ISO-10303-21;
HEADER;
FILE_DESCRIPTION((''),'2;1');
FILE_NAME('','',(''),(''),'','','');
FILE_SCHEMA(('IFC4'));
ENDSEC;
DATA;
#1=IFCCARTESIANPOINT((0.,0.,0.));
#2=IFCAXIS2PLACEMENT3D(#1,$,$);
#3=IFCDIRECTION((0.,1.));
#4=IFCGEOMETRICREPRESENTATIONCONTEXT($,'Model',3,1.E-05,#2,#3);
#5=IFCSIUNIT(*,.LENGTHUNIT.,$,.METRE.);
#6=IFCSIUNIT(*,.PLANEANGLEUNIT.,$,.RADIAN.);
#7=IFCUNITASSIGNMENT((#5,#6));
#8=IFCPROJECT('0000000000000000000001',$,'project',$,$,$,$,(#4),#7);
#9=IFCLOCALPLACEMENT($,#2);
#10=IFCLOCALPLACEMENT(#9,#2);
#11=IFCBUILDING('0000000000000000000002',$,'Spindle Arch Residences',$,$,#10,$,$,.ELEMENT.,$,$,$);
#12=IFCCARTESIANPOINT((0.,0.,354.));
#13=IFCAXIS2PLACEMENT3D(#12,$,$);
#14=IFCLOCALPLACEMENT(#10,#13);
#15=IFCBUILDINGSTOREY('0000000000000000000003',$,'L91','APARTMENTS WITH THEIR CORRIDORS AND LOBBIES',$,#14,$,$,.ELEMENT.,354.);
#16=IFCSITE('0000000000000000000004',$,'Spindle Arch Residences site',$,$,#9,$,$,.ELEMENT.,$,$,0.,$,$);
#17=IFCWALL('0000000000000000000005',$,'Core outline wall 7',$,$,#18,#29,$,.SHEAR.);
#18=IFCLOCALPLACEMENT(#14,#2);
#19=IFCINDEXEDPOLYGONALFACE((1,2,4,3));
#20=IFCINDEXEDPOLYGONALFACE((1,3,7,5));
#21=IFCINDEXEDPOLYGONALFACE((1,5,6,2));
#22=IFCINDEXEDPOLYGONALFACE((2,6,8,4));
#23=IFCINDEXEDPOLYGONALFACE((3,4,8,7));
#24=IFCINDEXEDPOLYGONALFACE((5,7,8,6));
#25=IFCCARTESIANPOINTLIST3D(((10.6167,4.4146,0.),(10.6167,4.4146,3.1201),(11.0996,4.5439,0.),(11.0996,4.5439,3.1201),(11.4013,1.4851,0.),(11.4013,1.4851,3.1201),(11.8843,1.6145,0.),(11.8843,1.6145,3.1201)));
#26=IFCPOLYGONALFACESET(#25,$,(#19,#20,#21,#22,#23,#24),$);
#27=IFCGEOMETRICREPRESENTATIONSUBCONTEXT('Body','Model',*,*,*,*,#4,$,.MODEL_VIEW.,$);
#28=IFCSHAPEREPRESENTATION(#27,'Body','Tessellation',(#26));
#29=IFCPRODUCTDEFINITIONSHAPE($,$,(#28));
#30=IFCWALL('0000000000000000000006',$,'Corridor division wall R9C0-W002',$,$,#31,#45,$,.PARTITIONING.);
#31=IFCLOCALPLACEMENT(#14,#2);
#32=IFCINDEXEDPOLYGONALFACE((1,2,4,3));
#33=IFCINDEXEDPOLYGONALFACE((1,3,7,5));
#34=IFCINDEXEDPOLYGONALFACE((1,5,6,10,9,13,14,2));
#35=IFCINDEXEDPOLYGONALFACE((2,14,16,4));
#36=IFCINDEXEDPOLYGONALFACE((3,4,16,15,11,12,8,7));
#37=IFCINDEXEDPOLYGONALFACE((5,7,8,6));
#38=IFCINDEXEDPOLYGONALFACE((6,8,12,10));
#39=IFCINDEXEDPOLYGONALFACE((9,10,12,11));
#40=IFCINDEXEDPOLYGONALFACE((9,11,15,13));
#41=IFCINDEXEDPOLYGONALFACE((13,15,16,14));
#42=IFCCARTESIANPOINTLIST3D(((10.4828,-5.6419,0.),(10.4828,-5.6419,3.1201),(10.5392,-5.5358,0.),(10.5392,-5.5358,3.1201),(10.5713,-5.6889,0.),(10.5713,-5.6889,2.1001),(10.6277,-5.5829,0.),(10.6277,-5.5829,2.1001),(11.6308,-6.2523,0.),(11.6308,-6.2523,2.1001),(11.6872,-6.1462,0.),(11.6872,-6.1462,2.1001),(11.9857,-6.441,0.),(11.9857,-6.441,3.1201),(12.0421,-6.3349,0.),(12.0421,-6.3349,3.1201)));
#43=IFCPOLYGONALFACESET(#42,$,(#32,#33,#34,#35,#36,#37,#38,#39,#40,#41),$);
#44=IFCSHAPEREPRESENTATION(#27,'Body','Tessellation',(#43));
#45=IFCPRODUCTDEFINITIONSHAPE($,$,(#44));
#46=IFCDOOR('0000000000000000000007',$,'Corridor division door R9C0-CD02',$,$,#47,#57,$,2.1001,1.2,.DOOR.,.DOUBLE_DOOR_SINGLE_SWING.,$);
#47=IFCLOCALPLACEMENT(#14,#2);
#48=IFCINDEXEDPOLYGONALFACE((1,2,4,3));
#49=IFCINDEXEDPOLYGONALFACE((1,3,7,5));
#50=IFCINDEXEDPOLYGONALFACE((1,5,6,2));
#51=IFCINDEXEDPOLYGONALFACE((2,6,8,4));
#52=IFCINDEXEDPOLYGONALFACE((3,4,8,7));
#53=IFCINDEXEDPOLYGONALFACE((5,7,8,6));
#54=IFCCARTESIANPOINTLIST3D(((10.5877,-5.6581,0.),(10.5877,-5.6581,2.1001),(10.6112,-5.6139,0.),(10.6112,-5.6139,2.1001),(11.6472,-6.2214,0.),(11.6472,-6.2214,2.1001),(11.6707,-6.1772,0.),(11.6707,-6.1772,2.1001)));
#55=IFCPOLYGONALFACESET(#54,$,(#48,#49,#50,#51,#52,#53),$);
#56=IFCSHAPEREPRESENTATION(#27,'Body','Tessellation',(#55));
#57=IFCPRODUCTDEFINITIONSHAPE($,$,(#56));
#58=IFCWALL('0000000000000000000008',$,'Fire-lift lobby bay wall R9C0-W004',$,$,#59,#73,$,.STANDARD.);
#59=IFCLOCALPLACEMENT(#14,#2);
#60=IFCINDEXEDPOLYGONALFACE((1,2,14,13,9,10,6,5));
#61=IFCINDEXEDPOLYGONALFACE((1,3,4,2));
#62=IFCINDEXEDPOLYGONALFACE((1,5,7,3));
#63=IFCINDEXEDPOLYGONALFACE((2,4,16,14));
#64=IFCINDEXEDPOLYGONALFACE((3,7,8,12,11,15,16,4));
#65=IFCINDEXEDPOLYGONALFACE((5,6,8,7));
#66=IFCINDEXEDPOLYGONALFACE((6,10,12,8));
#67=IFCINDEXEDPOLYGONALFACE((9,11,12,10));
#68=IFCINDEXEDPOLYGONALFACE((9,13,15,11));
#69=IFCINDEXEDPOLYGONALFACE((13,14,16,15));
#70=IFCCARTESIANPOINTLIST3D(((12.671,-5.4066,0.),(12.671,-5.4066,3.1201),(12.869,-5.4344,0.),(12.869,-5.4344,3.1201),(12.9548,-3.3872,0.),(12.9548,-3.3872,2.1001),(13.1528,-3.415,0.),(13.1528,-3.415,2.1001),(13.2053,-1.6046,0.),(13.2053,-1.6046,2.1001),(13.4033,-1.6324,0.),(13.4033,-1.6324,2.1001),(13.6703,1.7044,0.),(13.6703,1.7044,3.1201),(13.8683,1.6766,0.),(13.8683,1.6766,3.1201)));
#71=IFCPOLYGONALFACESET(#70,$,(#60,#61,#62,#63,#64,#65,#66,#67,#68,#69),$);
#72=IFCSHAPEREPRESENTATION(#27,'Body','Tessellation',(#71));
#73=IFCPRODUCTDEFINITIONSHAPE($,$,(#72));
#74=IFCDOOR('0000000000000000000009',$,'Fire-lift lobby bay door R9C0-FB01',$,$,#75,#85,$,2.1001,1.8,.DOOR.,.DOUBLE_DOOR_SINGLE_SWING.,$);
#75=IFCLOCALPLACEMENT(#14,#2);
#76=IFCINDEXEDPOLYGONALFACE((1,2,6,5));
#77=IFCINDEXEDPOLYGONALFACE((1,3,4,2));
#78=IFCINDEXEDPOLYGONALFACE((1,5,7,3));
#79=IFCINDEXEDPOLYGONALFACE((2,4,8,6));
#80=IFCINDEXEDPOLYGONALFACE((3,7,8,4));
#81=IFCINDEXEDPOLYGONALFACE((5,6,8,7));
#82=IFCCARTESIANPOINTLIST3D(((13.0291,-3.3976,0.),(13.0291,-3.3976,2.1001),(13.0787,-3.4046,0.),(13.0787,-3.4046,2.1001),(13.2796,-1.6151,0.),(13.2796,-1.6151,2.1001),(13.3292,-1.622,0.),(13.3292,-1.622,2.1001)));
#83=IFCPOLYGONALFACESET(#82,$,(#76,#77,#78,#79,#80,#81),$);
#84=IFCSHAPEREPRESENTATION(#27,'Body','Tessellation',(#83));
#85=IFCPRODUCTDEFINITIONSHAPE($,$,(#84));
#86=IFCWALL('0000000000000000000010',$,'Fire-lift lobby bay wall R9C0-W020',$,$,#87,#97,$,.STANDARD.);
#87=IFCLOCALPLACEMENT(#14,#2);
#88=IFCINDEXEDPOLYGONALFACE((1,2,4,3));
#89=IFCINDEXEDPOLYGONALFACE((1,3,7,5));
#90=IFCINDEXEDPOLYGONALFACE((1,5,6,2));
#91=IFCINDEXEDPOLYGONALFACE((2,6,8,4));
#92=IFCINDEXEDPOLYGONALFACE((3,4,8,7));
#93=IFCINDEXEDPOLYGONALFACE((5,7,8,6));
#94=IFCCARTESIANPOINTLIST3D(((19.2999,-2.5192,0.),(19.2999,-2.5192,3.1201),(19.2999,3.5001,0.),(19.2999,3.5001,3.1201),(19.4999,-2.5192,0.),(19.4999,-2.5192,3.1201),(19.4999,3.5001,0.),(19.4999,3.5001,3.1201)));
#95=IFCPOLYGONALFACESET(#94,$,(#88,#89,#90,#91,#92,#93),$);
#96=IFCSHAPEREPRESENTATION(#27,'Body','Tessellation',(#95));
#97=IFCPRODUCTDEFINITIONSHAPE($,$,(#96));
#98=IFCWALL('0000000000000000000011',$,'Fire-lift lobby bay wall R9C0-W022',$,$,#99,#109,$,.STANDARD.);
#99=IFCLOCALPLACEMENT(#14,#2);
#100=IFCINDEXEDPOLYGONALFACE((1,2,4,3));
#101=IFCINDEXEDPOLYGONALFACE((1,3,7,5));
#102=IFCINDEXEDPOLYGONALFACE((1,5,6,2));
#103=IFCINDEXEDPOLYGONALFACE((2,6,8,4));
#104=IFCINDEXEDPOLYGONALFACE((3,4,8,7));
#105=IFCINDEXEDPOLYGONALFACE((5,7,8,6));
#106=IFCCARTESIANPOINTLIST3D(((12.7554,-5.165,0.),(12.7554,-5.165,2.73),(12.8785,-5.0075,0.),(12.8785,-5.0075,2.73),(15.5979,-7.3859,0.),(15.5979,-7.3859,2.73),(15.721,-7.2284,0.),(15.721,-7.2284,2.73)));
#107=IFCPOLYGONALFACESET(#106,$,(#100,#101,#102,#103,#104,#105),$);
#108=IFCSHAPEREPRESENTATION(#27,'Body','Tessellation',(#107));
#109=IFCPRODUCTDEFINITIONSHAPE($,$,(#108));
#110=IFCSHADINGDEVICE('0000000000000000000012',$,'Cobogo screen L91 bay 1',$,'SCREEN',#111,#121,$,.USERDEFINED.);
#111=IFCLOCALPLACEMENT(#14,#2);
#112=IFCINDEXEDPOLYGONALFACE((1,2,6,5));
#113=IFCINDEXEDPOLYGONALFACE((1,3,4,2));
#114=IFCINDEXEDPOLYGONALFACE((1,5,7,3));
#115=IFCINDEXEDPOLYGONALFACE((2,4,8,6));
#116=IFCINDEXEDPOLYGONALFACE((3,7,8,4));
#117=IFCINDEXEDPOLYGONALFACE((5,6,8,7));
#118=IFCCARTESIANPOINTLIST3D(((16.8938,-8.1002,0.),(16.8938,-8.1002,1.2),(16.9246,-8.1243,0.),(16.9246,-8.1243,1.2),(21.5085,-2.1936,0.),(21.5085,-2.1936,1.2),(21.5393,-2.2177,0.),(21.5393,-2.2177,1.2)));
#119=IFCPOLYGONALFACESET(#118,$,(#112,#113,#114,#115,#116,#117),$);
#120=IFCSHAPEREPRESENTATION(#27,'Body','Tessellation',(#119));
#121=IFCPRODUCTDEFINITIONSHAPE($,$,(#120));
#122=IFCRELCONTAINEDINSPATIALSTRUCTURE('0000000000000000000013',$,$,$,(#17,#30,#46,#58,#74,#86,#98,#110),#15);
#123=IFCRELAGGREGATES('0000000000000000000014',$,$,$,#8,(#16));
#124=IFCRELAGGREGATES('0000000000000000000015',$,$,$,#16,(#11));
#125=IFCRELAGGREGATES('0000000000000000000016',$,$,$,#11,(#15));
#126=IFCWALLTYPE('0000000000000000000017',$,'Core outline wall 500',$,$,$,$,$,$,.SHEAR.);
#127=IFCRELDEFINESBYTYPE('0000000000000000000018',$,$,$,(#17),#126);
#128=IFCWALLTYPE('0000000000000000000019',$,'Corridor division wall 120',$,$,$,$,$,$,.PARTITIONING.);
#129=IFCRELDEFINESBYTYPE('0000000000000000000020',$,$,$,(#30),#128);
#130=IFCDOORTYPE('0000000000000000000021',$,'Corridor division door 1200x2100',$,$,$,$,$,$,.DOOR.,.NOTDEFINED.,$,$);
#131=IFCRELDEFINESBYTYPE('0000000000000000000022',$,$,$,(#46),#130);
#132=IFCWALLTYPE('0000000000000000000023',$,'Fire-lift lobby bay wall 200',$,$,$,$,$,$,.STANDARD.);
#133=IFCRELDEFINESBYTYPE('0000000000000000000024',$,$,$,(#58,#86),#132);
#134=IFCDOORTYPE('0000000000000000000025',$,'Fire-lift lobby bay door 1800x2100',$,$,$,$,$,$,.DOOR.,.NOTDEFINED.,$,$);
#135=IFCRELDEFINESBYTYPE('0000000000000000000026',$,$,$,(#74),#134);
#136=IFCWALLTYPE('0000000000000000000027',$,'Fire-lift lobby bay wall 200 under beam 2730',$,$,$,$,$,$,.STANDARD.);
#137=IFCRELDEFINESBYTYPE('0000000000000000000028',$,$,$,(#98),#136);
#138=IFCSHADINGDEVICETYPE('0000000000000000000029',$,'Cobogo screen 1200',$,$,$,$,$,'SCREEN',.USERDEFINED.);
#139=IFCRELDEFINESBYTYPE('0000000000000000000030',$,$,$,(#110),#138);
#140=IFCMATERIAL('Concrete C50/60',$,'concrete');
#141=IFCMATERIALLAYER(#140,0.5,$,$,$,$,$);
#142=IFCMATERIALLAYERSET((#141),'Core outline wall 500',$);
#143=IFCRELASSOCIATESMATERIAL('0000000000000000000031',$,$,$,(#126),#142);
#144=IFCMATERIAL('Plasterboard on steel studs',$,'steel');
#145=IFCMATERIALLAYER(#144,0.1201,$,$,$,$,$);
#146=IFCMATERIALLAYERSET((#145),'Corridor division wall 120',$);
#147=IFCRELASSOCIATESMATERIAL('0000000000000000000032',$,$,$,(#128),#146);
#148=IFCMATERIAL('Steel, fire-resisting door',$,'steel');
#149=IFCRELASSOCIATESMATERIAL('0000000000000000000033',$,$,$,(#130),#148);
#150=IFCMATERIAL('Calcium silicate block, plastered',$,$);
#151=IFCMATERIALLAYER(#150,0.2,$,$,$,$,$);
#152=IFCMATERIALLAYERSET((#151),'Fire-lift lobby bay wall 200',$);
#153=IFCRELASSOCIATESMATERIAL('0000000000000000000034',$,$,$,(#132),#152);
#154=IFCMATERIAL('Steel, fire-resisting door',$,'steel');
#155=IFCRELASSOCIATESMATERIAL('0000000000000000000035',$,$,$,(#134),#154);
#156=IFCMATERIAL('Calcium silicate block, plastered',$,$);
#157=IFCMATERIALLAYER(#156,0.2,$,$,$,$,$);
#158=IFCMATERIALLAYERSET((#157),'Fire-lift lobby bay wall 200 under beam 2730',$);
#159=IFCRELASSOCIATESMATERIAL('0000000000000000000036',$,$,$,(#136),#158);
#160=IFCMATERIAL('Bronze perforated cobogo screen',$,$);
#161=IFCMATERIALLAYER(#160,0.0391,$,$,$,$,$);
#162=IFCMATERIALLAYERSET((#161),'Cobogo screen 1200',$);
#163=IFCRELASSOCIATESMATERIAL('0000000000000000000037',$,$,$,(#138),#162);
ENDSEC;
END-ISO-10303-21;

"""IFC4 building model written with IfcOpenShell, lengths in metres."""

from ifc_helpers import new_model, si_unit, direction, frame, frame_2d, origin, origin_2d, place, context, subcontext, project, spatial, rectangle, extrude, material, layer, layer_set, type_object, element, fill, save


model = new_model("IFC4")

# Units and contexts
model_context = context("Model", 3, precision=1e-05, world=origin(), true_north=direction((0.0, 1.0)))
body_context = subcontext(model_context, "Body", "Model", "MODEL_VIEW")
ifc_project = project(units=[si_unit("LENGTHUNIT", "METRE"), si_unit("PLANEANGLEUNIT", "RADIAN")], contexts=[model_context])

# Site, building, storey
site_placement = place(None, origin())
site = spatial("IfcSite", under=ifc_project, at=site_placement, Name="Spindle Arch Residences site", CompositionType="ELEMENT", RefElevation=0.0)
building_placement = place(site_placement, origin())
building = spatial("IfcBuilding", under=site, at=building_placement, Name="Spindle Arch Residences", CompositionType="ELEMENT")
storey_placement = place(building_placement, frame((0.0, 0.0, 354.0)))
storey = spatial("IfcBuildingStorey", under=building, at=storey_placement, Name="L91", Description="APARTMENTS WITH THEIR CORRIDORS AND LOBBIES", CompositionType="ELEMENT", Elevation=354.0)

# Shared definitions
ifc_material_1 = material(Name="Concrete C50/60", Category="concrete")
ifc_layer_1 = layer(ifc_material_1, 0.5)
ifc_layer_set_1 = layer_set([ifc_layer_1], Name="Core outline wall 500")
wall_type_1 = type_object("IfcWallType", Name="Core outline wall 500", PredefinedType="SHEAR", material=ifc_layer_set_1)

# Wall
wall_1_placement = place(storey_placement, frame((11.6428, 1.5498, 0.0), z_axis=(0.0, 0.0, 1.0), x_axis=(-0.258735, 0.965948, 0.0)))
element("IfcWall", 1, at=wall_1_placement, inside=storey, type_object=wall_type_1, Name="Core outline wall 7", PredefinedType="SHEAR", context=body_context, shape_type="SweptSolid", body=[
    extrude(rectangle(XDim=3.0327, YDim=0.5, at=frame_2d((1.5164, 0.0))), origin(), (0.0, 0.0, 1.0), 3.1201),
])

# Walls, openings, doors
ifc_material_2 = material(Name="Plasterboard on steel studs", Category="steel")
ifc_layer_2 = layer(ifc_material_2, 0.1201)
ifc_layer_set_2 = layer_set([ifc_layer_2], Name="Corridor division wall 120")
wall_type_2 = type_object("IfcWallType", Name="Corridor division wall 120", PredefinedType="PARTITIONING", material=ifc_layer_set_2)
wall_2_placement = place(storey_placement, frame((10.511, -5.5889, 0.0), z_axis=(0.0, 0.0, 1.0), x_axis=(0.88296, -0.469449, 0.0)))
wall_2 = element("IfcWall", 2, at=wall_2_placement, inside=storey, type_object=wall_type_2, Name="Corridor division wall R9C0-W002", PredefinedType="PARTITIONING", context=body_context, shape_type="SweptSolid", body=[
    extrude(rectangle(XDim=1.7021, YDim=0.1201, at=frame_2d((0.8511, 0.0))), origin(), (0.0, 0.0, 1.0), 3.1201),
])
opening_1_placement = place(wall_2_placement, frame((0.1001, 0.0, 0.0)))
opening_1 = element("IfcOpeningElement", 3, at=opening_1_placement, cuts=wall_2, PredefinedType="OPENING", context=body_context, shape_type="SweptSolid", body=[
    extrude(rectangle(XDim=1.2, YDim=2.1001, at=frame_2d((0.6001, 1.05))), frame((0.0, 0.0701, 0.0), z_axis=(0.0, -1.0, 0.0), x_axis=(1.0, 0.0, 0.0)), (0.0, 0.0, 1.0), 0.1401),
])
ifc_material_3 = material(Name="Steel, fire-resisting door", Category="steel")
door_type_1 = type_object("IfcDoorType", Name="Corridor division door 1200x2100", OperationType="NOTDEFINED", PredefinedType="DOOR", material=ifc_material_3)
door_1_placement = place(opening_1_placement, origin())
door_1 = element("IfcDoor", 4, at=door_1_placement, inside=storey, type_object=door_type_1, Name="Corridor division door R9C0-CD02", OperationType="DOUBLE_DOOR_SINGLE_SWING", OverallHeight=2.1001, OverallWidth=1.2, PredefinedType="DOOR", context=body_context, shape_type="SweptSolid", body=[
    extrude(rectangle(XDim=1.2, YDim=2.1001, at=frame_2d((0.6001, 1.05))), frame((0.0, 0.0249, 0.0), z_axis=(0.0, -1.0, 0.0), x_axis=(1.0, 0.0, 0.0)), (0.0, 0.0, 1.0), 0.05),
])
fill(opening_1, door_1)
ifc_material_4 = material(Name="Calcium silicate block, plastered")
ifc_layer_3 = layer(ifc_material_4, 0.2)
ifc_layer_set_3 = layer_set([ifc_layer_3], Name="Fire-lift lobby bay wall 200")
wall_type_3 = type_object("IfcWallType", Name="Fire-lift lobby bay wall 200", PredefinedType="STANDARD", material=ifc_layer_set_3)
wall_3_placement = place(storey_placement, frame((12.77, -5.4204, 0.0), z_axis=(0.0, 0.0, 1.0), x_axis=(0.139155, 0.990271, 0.0)))
wall_3 = element("IfcWall", 5, at=wall_3_placement, inside=storey, type_object=wall_type_3, Name="Fire-lift lobby bay wall R9C0-W004", PredefinedType="STANDARD", context=body_context, shape_type="SweptSolid", body=[
    extrude(rectangle(XDim=7.1809, YDim=0.2, at=frame_2d((3.5903, 0.0))), origin(), (0.0, 0.0, 1.0), 3.1201),
])
opening_2_placement = place(wall_3_placement, frame((2.0393, 0.0, 0.0)))
opening_2 = element("IfcOpeningElement", 6, at=opening_2_placement, cuts=wall_3, PredefinedType="OPENING", context=body_context, shape_type="SweptSolid", body=[
    extrude(rectangle(XDim=1.8, YDim=2.1001, at=frame_2d((0.8999, 1.05))), frame((0.0, 0.1099, 0.0), z_axis=(0.0, -1.0, 0.0), x_axis=(1.0, 0.0, 0.0)), (0.0, 0.0, 1.0), 0.22),
])
ifc_material_5 = material(Name="Steel, fire-resisting door", Category="steel")
door_type_2 = type_object("IfcDoorType", Name="Fire-lift lobby bay door 1800x2100", OperationType="NOTDEFINED", PredefinedType="DOOR", material=ifc_material_5)
door_2_placement = place(opening_2_placement, origin())
door_2 = element("IfcDoor", 7, at=door_2_placement, inside=storey, type_object=door_type_2, Name="Fire-lift lobby bay door R9C0-FB01", OperationType="DOUBLE_DOOR_SINGLE_SWING", OverallHeight=2.1001, OverallWidth=1.8, PredefinedType="DOOR", context=body_context, shape_type="SweptSolid", body=[
    extrude(rectangle(XDim=1.8, YDim=2.1001, at=frame_2d((0.8999, 1.05))), frame((0.0, 0.0249, 0.0), z_axis=(0.0, -1.0, 0.0), x_axis=(1.0, 0.0, 0.0)), (0.0, 0.0, 1.0), 0.05),
])
fill(opening_2, door_2)

# Walls
wall_4_placement = place(storey_placement, frame((19.3999, -2.5193, 0.0), z_axis=(0.0, 0.0, 1.0), x_axis=(0.0, 1.0, 0.0)))
element("IfcWall", 8, at=wall_4_placement, inside=storey, type_object=wall_type_3, Name="Fire-lift lobby bay wall R9C0-W020", PredefinedType="STANDARD", context=body_context, shape_type="SweptSolid", body=[
    extrude(rectangle(XDim=6.0193, YDim=0.2, at=frame_2d((3.0098, 0.0))), origin(), (0.0, 0.0, 1.0), 3.1201),
])
ifc_material_6 = material(Name="Calcium silicate block, plastered")
ifc_layer_4 = layer(ifc_material_6, 0.2)
ifc_layer_set_4 = layer_set([ifc_layer_4], Name="Fire-lift lobby bay wall 200 under beam 2730")
wall_type_4 = type_object("IfcWallType", Name="Fire-lift lobby bay wall 200 under beam 2730", PredefinedType="STANDARD", material=ifc_layer_set_4)
wall_5_placement = place(storey_placement, frame((12.8169, -5.0862, 0.0), z_axis=(0.0, 0.0, 1.0), x_axis=(0.787995, -0.615682, 0.0)))
element("IfcWall", 9, at=wall_5_placement, inside=storey, type_object=wall_type_4, Name="Fire-lift lobby bay wall R9C0-W022", PredefinedType="STANDARD", context=body_context, shape_type="SweptSolid", body=[
    extrude(rectangle(XDim=3.6072, YDim=0.2, at=frame_2d((1.8037, 0.0))), origin(), (0.0, 0.0, 1.0), 2.73),
])

# Shading device
ifc_material_7 = material(Name="Bronze perforated cobogo screen")
ifc_layer_5 = layer(ifc_material_7, 0.0391)
ifc_layer_set_5 = layer_set([ifc_layer_5], Name="Cobogo screen 1200")
shading_device_type = type_object("IfcShadingDeviceType", Name="Cobogo screen 1200", ElementType="SCREEN", PredefinedType="USERDEFINED", material=ifc_layer_set_5)
shading_device_placement = place(storey_placement, frame((19.2166, -5.1589, 0.0), z_axis=(0.0, 0.0, 1.0), x_axis=(0.615661, 0.788011, 0.0)))
element("IfcShadingDevice", 10, at=shading_device_placement, inside=storey, type_object=shading_device_type, Name="Cobogo screen L91 bay 1", ObjectType="SCREEN", PredefinedType="USERDEFINED", context=body_context, shape_type="SweptSolid", body=[
    extrude(rectangle(XDim=7.4956, YDim=0.0391, at=origin_2d()), origin(), (0.0, 0.0, 1.0), 1.2),
])

save(model, "model.ifc")
